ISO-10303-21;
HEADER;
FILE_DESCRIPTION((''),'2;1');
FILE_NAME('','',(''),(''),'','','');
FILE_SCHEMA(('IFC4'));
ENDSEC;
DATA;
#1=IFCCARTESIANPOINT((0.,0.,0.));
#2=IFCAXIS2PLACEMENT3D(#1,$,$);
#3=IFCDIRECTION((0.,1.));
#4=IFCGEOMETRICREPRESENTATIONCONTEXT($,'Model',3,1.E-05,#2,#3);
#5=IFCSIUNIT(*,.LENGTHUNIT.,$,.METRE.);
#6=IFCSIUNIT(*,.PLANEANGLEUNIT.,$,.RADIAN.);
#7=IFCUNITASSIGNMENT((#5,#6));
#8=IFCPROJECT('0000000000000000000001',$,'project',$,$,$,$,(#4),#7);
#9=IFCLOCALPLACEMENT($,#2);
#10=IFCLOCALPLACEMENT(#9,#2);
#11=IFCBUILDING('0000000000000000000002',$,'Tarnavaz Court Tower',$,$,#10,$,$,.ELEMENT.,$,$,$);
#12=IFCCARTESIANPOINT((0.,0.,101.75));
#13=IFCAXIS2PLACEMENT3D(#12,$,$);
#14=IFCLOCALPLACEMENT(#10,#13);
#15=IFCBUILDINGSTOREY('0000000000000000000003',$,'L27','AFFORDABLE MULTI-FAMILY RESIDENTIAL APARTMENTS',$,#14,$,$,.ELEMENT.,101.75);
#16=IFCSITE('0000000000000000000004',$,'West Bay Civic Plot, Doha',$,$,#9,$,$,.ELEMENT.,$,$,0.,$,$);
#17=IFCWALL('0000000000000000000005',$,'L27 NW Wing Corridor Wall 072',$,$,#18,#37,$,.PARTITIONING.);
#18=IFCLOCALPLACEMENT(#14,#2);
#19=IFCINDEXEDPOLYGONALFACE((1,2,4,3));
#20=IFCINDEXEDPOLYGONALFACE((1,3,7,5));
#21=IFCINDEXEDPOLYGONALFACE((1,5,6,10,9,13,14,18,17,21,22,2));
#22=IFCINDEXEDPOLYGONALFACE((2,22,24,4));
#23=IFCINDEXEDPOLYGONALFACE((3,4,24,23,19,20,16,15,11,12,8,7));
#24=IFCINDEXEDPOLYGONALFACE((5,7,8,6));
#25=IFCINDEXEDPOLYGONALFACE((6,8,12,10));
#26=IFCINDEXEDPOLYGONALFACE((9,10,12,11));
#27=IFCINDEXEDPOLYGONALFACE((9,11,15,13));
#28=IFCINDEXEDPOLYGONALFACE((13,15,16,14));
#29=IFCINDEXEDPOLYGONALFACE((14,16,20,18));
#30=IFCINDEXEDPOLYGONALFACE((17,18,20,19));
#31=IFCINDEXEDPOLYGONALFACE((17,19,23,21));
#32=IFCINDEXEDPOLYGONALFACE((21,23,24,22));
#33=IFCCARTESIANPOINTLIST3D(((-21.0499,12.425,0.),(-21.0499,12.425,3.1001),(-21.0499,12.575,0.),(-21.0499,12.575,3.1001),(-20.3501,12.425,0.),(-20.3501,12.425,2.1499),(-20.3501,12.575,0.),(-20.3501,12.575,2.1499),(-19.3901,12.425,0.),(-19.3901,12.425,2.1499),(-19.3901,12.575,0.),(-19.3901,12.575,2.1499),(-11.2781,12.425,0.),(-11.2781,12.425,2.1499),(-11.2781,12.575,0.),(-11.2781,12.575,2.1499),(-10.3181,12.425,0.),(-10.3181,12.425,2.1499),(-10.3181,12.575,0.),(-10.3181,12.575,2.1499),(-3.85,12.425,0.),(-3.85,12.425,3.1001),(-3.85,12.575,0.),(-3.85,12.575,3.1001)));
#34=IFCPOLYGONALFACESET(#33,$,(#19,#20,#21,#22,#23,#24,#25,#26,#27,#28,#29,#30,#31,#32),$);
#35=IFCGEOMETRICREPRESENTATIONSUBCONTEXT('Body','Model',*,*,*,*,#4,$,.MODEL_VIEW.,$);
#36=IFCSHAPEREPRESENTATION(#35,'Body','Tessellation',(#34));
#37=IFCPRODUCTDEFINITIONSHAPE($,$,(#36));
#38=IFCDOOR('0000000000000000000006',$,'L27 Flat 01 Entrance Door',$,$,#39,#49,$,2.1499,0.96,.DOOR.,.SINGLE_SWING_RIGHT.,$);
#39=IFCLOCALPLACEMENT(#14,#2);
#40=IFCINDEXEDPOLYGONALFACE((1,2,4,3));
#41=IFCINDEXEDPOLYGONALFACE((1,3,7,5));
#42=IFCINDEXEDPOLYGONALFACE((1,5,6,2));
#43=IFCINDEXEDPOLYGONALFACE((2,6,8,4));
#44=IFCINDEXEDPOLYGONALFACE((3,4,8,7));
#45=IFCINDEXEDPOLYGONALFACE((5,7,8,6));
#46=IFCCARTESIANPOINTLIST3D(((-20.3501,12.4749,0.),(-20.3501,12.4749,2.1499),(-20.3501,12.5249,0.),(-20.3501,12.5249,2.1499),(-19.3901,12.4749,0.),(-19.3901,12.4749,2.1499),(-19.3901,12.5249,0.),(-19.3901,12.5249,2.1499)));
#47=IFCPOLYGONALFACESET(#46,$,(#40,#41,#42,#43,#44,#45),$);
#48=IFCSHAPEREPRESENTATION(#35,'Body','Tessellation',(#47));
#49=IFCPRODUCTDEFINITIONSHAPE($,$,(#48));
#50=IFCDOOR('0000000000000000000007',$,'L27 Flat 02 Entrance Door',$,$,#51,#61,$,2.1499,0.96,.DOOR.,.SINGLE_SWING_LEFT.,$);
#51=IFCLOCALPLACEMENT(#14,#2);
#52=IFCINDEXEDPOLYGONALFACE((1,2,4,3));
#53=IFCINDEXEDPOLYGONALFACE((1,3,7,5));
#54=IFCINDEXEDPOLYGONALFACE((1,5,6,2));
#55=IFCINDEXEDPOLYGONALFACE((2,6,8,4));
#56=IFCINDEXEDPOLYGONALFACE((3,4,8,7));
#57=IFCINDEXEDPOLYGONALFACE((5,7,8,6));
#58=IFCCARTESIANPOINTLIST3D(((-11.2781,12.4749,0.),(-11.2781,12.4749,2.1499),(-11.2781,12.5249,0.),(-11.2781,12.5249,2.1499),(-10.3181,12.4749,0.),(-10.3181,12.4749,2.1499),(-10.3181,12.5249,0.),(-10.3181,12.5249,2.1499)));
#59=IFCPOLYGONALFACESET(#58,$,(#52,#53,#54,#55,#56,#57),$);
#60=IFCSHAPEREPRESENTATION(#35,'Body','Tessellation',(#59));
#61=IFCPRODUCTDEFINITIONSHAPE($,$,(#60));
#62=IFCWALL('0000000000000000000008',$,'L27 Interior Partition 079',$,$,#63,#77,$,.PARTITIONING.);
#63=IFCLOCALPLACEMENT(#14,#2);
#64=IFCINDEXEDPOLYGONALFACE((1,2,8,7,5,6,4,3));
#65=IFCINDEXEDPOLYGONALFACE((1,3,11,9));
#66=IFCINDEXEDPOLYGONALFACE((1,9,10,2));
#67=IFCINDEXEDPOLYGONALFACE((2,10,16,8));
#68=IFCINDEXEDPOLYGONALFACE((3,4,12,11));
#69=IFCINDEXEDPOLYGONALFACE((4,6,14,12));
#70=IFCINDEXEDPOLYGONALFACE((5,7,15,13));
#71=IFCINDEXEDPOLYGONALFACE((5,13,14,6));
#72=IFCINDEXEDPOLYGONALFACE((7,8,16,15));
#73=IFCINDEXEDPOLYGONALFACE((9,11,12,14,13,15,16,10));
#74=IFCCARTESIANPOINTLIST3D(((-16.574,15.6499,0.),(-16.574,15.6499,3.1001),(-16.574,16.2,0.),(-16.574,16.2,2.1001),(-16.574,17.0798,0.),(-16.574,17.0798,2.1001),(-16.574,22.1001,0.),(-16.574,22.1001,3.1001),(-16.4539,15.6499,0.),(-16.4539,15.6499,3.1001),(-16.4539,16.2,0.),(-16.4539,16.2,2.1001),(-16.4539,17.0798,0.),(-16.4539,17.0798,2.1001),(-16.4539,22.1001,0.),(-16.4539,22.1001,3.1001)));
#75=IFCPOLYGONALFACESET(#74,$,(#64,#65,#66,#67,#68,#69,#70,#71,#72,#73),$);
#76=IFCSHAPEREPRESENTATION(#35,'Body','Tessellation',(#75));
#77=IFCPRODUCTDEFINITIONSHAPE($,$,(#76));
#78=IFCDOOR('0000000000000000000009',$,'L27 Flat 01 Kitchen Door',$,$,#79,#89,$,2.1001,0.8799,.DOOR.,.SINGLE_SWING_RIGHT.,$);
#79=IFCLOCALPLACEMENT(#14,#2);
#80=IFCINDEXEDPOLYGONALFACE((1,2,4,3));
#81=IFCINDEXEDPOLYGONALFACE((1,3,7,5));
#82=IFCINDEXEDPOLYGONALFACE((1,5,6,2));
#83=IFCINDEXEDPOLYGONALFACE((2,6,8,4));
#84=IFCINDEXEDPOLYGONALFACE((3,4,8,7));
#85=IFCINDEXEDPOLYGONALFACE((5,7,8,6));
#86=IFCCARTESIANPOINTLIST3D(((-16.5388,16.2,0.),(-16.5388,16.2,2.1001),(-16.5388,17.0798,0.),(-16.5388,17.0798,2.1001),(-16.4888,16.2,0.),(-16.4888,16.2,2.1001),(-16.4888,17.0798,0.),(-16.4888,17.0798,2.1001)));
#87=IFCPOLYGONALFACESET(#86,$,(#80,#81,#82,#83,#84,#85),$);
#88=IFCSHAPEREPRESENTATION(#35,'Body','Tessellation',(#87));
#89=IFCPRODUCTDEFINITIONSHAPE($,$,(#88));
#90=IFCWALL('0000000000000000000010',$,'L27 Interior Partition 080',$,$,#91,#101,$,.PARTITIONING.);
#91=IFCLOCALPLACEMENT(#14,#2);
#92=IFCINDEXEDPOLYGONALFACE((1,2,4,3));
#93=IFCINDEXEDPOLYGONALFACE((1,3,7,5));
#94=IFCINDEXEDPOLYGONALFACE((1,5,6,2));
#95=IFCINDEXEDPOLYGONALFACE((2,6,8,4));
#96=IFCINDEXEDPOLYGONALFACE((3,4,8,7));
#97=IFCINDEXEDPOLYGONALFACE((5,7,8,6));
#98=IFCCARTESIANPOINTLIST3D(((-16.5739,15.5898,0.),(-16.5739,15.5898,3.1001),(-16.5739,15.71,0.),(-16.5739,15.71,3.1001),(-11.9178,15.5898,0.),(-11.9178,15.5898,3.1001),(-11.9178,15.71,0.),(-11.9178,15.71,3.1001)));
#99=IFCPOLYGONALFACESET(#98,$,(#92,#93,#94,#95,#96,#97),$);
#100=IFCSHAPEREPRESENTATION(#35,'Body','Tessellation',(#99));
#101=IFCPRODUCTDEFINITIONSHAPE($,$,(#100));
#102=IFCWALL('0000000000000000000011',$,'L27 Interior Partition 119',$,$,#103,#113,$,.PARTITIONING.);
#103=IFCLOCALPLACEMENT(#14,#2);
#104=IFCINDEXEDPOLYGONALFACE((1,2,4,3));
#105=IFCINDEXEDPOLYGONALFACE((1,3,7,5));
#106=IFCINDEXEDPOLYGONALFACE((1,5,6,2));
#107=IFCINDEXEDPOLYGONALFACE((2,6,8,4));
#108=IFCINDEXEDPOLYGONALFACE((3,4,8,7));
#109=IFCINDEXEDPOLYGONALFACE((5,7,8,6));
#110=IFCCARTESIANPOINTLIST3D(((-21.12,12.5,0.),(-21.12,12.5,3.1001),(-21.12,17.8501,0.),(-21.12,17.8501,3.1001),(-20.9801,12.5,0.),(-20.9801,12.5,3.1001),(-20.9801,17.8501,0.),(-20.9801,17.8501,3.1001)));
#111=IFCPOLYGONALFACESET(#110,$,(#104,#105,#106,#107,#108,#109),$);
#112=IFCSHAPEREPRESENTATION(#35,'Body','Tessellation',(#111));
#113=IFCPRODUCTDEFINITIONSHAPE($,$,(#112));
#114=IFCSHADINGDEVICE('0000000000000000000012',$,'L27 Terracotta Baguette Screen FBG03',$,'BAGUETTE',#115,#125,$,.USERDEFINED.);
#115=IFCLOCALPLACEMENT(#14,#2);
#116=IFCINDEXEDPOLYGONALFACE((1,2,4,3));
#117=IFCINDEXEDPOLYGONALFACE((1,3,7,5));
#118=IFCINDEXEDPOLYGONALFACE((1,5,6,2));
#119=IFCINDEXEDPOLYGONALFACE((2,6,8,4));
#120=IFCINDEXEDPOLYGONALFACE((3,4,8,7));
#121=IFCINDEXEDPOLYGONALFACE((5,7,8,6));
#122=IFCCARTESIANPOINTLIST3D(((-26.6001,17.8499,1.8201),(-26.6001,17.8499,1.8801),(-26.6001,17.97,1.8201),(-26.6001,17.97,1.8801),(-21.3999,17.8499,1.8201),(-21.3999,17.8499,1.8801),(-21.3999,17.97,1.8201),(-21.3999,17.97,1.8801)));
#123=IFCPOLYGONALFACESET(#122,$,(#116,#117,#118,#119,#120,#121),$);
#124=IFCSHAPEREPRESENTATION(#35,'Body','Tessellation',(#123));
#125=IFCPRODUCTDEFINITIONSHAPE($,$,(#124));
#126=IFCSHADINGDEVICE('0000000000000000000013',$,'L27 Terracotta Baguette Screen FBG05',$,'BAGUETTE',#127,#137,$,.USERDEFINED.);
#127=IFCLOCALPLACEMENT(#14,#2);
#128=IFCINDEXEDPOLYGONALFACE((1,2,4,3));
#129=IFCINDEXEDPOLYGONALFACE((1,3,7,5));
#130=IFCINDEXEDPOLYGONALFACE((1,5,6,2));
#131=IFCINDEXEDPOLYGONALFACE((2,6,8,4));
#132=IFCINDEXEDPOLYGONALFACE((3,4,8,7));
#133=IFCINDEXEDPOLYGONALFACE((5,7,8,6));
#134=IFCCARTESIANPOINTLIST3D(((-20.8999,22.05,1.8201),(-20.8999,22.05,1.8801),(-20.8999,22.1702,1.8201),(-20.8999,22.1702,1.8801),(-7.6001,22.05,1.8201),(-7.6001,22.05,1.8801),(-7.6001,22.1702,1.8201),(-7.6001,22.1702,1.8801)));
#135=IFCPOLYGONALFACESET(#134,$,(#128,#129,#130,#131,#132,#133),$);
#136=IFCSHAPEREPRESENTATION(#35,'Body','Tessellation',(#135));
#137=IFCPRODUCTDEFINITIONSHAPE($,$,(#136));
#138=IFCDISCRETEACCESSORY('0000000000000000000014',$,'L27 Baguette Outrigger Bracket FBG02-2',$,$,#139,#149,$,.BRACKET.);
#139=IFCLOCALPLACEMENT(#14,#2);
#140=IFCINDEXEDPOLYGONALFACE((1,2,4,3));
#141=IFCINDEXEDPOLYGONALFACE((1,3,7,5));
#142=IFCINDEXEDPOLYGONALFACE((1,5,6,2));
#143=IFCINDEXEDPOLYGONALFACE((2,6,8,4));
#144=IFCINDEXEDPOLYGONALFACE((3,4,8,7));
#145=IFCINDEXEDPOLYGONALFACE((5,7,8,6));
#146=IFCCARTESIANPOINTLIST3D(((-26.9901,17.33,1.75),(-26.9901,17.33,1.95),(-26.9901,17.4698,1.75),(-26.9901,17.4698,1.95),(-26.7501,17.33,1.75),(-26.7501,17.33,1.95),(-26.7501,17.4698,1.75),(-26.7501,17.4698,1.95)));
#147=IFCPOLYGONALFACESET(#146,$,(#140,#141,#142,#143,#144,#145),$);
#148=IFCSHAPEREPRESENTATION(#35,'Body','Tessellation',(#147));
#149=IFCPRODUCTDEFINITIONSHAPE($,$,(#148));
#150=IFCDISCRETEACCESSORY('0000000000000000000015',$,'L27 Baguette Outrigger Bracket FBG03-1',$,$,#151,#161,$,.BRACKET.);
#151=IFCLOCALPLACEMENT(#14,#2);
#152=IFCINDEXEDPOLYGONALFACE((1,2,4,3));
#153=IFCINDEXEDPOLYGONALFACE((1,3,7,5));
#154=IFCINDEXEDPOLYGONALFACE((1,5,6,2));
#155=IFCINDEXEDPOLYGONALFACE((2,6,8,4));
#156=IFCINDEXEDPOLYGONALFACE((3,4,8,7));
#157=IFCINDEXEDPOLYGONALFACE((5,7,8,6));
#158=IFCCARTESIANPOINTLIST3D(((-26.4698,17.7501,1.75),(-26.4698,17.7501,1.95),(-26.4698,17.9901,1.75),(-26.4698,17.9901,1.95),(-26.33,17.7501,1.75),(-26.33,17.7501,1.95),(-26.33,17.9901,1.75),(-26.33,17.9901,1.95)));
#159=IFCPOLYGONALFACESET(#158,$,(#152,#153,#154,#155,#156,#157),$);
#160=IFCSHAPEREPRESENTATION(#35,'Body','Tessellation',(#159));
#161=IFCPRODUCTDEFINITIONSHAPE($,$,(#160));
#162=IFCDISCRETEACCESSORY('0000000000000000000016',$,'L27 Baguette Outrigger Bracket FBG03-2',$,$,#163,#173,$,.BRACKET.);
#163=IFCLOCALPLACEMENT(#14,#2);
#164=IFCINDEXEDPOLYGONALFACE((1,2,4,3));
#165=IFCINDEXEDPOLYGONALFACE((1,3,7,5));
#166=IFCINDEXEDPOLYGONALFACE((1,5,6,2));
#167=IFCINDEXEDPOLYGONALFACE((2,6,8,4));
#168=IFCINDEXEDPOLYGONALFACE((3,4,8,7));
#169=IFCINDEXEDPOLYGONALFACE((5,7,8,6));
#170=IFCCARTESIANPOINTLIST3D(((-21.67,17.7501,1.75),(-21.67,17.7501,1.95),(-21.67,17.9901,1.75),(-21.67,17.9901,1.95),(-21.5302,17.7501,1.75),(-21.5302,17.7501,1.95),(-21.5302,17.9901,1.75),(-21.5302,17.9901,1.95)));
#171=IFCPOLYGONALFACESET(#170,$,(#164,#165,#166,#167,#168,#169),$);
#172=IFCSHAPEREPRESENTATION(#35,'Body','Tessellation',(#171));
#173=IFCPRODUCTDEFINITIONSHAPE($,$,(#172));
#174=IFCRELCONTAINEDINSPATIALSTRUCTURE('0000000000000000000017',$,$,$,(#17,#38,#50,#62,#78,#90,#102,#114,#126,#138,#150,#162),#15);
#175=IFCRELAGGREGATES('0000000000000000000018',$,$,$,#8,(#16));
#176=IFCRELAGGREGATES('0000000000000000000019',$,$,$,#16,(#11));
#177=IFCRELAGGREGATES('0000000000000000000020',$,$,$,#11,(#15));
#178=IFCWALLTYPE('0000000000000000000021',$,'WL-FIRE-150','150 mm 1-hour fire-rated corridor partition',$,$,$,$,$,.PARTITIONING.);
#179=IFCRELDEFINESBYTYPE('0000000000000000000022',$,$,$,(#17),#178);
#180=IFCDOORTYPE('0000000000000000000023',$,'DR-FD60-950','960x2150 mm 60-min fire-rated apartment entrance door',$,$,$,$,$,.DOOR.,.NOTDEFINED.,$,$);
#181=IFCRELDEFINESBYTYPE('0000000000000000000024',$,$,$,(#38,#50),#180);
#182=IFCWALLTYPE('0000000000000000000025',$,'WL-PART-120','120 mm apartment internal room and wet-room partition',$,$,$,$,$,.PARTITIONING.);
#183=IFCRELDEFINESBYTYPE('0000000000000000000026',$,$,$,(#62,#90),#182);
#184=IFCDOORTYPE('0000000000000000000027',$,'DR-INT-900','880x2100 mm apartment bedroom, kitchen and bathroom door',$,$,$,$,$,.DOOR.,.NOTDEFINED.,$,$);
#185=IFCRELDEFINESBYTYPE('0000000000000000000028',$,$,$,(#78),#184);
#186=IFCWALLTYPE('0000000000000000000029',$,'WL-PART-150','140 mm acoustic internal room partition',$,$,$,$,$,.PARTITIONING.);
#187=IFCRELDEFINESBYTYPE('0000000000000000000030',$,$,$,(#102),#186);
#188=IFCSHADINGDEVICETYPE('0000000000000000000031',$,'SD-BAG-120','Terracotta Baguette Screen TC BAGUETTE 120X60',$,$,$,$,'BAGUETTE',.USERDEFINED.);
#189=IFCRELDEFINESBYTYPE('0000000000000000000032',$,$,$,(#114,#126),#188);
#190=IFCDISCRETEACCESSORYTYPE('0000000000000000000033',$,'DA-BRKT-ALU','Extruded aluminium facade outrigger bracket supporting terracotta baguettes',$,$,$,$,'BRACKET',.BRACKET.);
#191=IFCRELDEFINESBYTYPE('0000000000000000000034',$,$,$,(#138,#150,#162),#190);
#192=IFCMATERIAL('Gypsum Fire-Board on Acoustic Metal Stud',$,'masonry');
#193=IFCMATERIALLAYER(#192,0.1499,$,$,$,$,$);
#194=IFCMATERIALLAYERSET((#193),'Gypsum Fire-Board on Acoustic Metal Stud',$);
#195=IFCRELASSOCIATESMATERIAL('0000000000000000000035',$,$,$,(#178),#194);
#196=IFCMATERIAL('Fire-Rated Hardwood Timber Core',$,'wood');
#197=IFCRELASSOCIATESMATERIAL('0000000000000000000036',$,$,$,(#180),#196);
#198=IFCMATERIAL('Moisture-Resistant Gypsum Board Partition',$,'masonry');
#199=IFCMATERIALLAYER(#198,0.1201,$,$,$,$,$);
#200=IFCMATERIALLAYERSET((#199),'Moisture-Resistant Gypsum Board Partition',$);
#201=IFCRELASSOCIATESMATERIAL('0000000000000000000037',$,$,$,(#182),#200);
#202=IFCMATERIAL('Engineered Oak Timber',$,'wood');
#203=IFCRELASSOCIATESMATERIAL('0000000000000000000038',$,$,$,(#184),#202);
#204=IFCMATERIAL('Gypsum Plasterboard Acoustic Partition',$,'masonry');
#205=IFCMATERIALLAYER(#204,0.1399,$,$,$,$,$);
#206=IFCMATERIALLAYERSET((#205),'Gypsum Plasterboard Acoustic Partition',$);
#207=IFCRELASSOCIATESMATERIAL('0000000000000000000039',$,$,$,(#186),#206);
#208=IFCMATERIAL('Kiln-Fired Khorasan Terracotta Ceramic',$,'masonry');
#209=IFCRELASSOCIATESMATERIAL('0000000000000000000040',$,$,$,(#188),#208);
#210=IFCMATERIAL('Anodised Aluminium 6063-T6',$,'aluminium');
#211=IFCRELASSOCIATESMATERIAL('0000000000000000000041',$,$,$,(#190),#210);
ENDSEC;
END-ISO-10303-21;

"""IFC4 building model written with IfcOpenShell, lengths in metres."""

from ifc_helpers import new_model, si_unit, direction, frame, frame_2d, origin, origin_2d, place, context, subcontext, project, spatial, rectangle, extrude, material, layer, layer_set, material_profile, profile_set, type_object, element, fill, save


model = new_model("IFC4")

# Units and contexts
model_context = context("Model", 3, precision=1e-05, world=origin(), true_north=direction((0.0, 1.0)))
body_context = subcontext(model_context, "Body", "Model", "MODEL_VIEW")
ifc_project = project(units=[si_unit("LENGTHUNIT", "METRE"), si_unit("PLANEANGLEUNIT", "RADIAN")], contexts=[model_context])

# Site, building, storey
site_placement = place(None, origin())
site = spatial("IfcSite", under=ifc_project, at=site_placement, Name="West Bay Civic Plot, Doha", CompositionType="ELEMENT", RefElevation=0.0)
building_placement = place(site_placement, origin())
building = spatial("IfcBuilding", under=site, at=building_placement, Name="Tarnavaz Court Tower", CompositionType="ELEMENT")
storey_placement = place(building_placement, frame((0.0, 0.0, 101.75)))
storey = spatial("IfcBuildingStorey", under=building, at=storey_placement, Name="L27", Description="AFFORDABLE MULTI-FAMILY RESIDENTIAL APARTMENTS", CompositionType="ELEMENT", Elevation=101.75)

# Wall, openings, doors
ifc_material_1 = material(Name="Gypsum Fire-Board on Acoustic Metal Stud", Category="masonry")
ifc_layer_1 = layer(ifc_material_1, 0.1499)
ifc_layer_set_1 = layer_set([ifc_layer_1], Name="Gypsum Fire-Board on Acoustic Metal Stud")
wall_type_1 = type_object("IfcWallType", Name="WL-FIRE-150", Description="150 mm 1-hour fire-rated corridor partition", PredefinedType="PARTITIONING", material=ifc_layer_set_1)
wall_1_placement = place(storey_placement, frame((-21.05, 12.5, 0.0), z_axis=(0.0, 0.0, 1.0), x_axis=(1.0, 0.0, 0.0)))
wall_1 = element("IfcWall", 1, at=wall_1_placement, inside=storey, type_object=wall_type_1, Name="L27 NW Wing Corridor Wall 072", PredefinedType="PARTITIONING", context=body_context, shape_type="SweptSolid", body=[
    extrude(rectangle(XDim=17.2, YDim=0.1499, at=frame_2d((8.6001, 0.0))), origin(), (0.0, 0.0, 1.0), 3.1001),
])
opening_1_placement = place(wall_1_placement, frame((0.7, 0.0, 0.0)))
opening_1 = element("IfcOpeningElement", 2, at=opening_1_placement, cuts=wall_1, PredefinedType="OPENING", context=body_context, shape_type="SweptSolid", body=[
    extrude(rectangle(XDim=0.96, YDim=2.1499, at=frame_2d((0.48, 1.075))), frame((0.0, 0.085, 0.0), z_axis=(0.0, -1.0, 0.0), x_axis=(1.0, 0.0, 0.0)), (0.0, 0.0, 1.0), 0.1699),
])
opening_2_placement = place(wall_1_placement, frame((9.772, 0.0, 0.0)))
opening_2 = element("IfcOpeningElement", 3, at=opening_2_placement, cuts=wall_1, PredefinedType="OPENING", context=body_context, shape_type="SweptSolid", body=[
    extrude(rectangle(XDim=0.96, YDim=2.1499, at=frame_2d((0.48, 1.075))), frame((0.0, 0.085, 0.0), z_axis=(0.0, -1.0, 0.0), x_axis=(1.0, 0.0, 0.0)), (0.0, 0.0, 1.0), 0.1699),
])
ifc_material_2 = material(Name="Fire-Rated Hardwood Timber Core", Category="wood")
door_type_1 = type_object("IfcDoorType", Name="DR-FD60-950", Description="960x2150 mm 60-min fire-rated apartment entrance door", OperationType="NOTDEFINED", PredefinedType="DOOR", material=ifc_material_2)
door_1_placement = place(opening_1_placement, origin())
door_1 = element("IfcDoor", 4, at=door_1_placement, inside=storey, type_object=door_type_1, Name="L27 Flat 01 Entrance Door", OperationType="SINGLE_SWING_RIGHT", OverallHeight=2.1499, OverallWidth=0.96, PredefinedType="DOOR", context=body_context, shape_type="SweptSolid", body=[
    extrude(rectangle(XDim=0.96, YDim=2.1499, at=frame_2d((0.48, 1.075))), frame((0.0, 0.0249, 0.0), z_axis=(0.0, -1.0, 0.0), x_axis=(1.0, 0.0, 0.0)), (0.0, 0.0, 1.0), 0.05),
])
fill(opening_1, door_1)
door_2_placement = place(opening_2_placement, origin())
door_2 = element("IfcDoor", 5, at=door_2_placement, inside=storey, type_object=door_type_1, Name="L27 Flat 02 Entrance Door", OperationType="SINGLE_SWING_LEFT", OverallHeight=2.1499, OverallWidth=0.96, PredefinedType="DOOR", context=body_context, shape_type="SweptSolid", body=[
    extrude(rectangle(XDim=0.96, YDim=2.1499, at=frame_2d((0.48, 1.075))), frame((0.0, 0.0249, 0.0), z_axis=(0.0, -1.0, 0.0), x_axis=(1.0, 0.0, 0.0)), (0.0, 0.0, 1.0), 0.05),
])
fill(opening_2, door_2)

# Wall, opening, door
ifc_material_3 = material(Name="Moisture-Resistant Gypsum Board Partition", Category="masonry")
ifc_layer_2 = layer(ifc_material_3, 0.1201)
ifc_layer_set_2 = layer_set([ifc_layer_2], Name="Moisture-Resistant Gypsum Board Partition")
wall_type_2 = type_object("IfcWallType", Name="WL-PART-120", Description="120 mm apartment internal room and wet-room partition", PredefinedType="PARTITIONING", material=ifc_layer_set_2)
wall_2_placement = place(storey_placement, frame((-16.5139, 15.6499, 0.0), z_axis=(0.0, 0.0, 1.0), x_axis=(0.0, 1.0, 0.0)))
wall_2 = element("IfcWall", 6, at=wall_2_placement, inside=storey, type_object=wall_type_2, Name="L27 Interior Partition 079", PredefinedType="PARTITIONING", context=body_context, shape_type="SweptSolid", body=[
    extrude(rectangle(XDim=6.4502, YDim=0.1201, at=frame_2d((3.2251, 0.0))), origin(), (0.0, 0.0, 1.0), 3.1001),
])
opening_3_placement = place(wall_2_placement, frame((0.55, 0.0, 0.0)))
opening_3 = element("IfcOpeningElement", 7, at=opening_3_placement, cuts=wall_2, PredefinedType="OPENING", context=body_context, shape_type="SweptSolid", body=[
    extrude(rectangle(XDim=0.8799, YDim=2.1001, at=frame_2d((0.4399, 1.05))), frame((0.0, 0.0701, 0.0), z_axis=(0.0, -1.0, 0.0), x_axis=(1.0, 0.0, 0.0)), (0.0, 0.0, 1.0), 0.1401),
])
ifc_material_4 = material(Name="Engineered Oak Timber", Category="wood")
door_type_2 = type_object("IfcDoorType", Name="DR-INT-900", Description="880x2100 mm apartment bedroom, kitchen and bathroom door", OperationType="NOTDEFINED", PredefinedType="DOOR", material=ifc_material_4)
door_3_placement = place(opening_3_placement, origin())
door_3 = element("IfcDoor", 8, at=door_3_placement, inside=storey, type_object=door_type_2, Name="L27 Flat 01 Kitchen Door", OperationType="SINGLE_SWING_RIGHT", OverallHeight=2.1001, OverallWidth=0.8799, PredefinedType="DOOR", context=body_context, shape_type="SweptSolid", body=[
    extrude(rectangle(XDim=0.8799, YDim=2.1001, at=frame_2d((0.4399, 1.05))), frame((0.0, 0.0249, 0.0), z_axis=(0.0, -1.0, 0.0), x_axis=(1.0, 0.0, 0.0)), (0.0, 0.0, 1.0), 0.05),
])
fill(opening_3, door_3)

# Walls
wall_3_placement = place(storey_placement, frame((-16.574, 15.6499, 0.0), z_axis=(0.0, 0.0, 1.0), x_axis=(1.0, 0.0, 0.0)))
element("IfcWall", 9, at=wall_3_placement, inside=storey, type_object=wall_type_2, Name="L27 Interior Partition 080", PredefinedType="PARTITIONING", context=body_context, shape_type="SweptSolid", body=[
    extrude(rectangle(XDim=4.656, YDim=0.1201, at=frame_2d((2.3281, 0.0))), origin(), (0.0, 0.0, 1.0), 3.1001),
])
ifc_material_5 = material(Name="Gypsum Plasterboard Acoustic Partition", Category="masonry")
ifc_layer_3 = layer(ifc_material_5, 0.1399)
ifc_layer_set_3 = layer_set([ifc_layer_3], Name="Gypsum Plasterboard Acoustic Partition")
wall_type_3 = type_object("IfcWallType", Name="WL-PART-150", Description="140 mm acoustic internal room partition", PredefinedType="PARTITIONING", material=ifc_layer_set_3)
wall_4_placement = place(storey_placement, frame((-21.05, 12.5, 0.0), z_axis=(0.0, 0.0, 1.0), x_axis=(0.0, 1.0, 0.0)))
element("IfcWall", 10, at=wall_4_placement, inside=storey, type_object=wall_type_3, Name="L27 Interior Partition 119", PredefinedType="PARTITIONING", context=body_context, shape_type="SweptSolid", body=[
    extrude(rectangle(XDim=5.3501, YDim=0.1399, at=frame_2d((2.675, 0.0))), origin(), (0.0, 0.0, 1.0), 3.1001),
])

# Shading devices
ifc_material_6 = material(Name="Kiln-Fired Khorasan Terracotta Ceramic", Category="masonry")
ifc_material_profile_1 = material_profile(ifc_material_6, rectangle(XDim=0.1201, YDim=0.0601, at=origin_2d()), Name="TC BAGUETTE 120X60")
ifc_profile_set_1 = profile_set([ifc_material_profile_1], Name="Kiln-Fired Khorasan Terracotta Ceramic")
shading_device_type = type_object("IfcShadingDeviceType", Name="SD-BAG-120", Description="Terracotta Baguette Screen TC BAGUETTE 120X60", ElementType="BAGUETTE", PredefinedType="USERDEFINED", material=ifc_profile_set_1)
shading_device_1_placement = place(storey_placement, frame((-26.6001, 17.9099, 1.8501), z_axis=(1.0, 0.0, 0.0), x_axis=(0.0, 1.0, 0.0)))
element("IfcShadingDevice", 11, at=shading_device_1_placement, inside=storey, type_object=shading_device_type, Name="L27 Terracotta Baguette Screen FBG03", ObjectType="BAGUETTE", PredefinedType="USERDEFINED", context=body_context, shape_type="SweptSolid", body=[
    extrude(rectangle(XDim=0.1201, YDim=0.0601, at=origin_2d()), origin(), (0.0, 0.0, 1.0), 5.2002),
])
shading_device_2_placement = place(storey_placement, frame((-20.8999, 22.1101, 1.8501), z_axis=(1.0, 0.0, 0.0), x_axis=(0.0, 1.0, 0.0)))
element("IfcShadingDevice", 12, at=shading_device_2_placement, inside=storey, type_object=shading_device_type, Name="L27 Terracotta Baguette Screen FBG05", ObjectType="BAGUETTE", PredefinedType="USERDEFINED", context=body_context, shape_type="SweptSolid", body=[
    extrude(rectangle(XDim=0.1201, YDim=0.0601, at=origin_2d()), origin(), (0.0, 0.0, 1.0), 13.2998),
])

# Discrete accessories
ifc_material_7 = material(Name="Anodised Aluminium 6063-T6", Category="aluminium")
discrete_accessory_type = type_object("IfcDiscreteAccessoryType", Name="DA-BRKT-ALU", Description="Extruded aluminium facade outrigger bracket supporting terracotta baguettes", ElementType="BRACKET", PredefinedType="BRACKET", material=ifc_material_7)
for number, where, z_axis, x_axis, name in (
    (13, (-26.8701, 17.3999, 1.75), (0.0, 0.0, 1.0), (0.0, 1.0, 0.0), "L27 Baguette Outrigger Bracket FBG02-2"),
    (14, (-26.3999, 17.8701, 1.75), (0.0, 0.0, 1.0), (1.0, 0.0, 0.0), "L27 Baguette Outrigger Bracket FBG03-1"),
    (15, (-21.6001, 17.8701, 1.75), (0.0, 0.0, 1.0), (1.0, 0.0, 0.0), "L27 Baguette Outrigger Bracket FBG03-2"),
):
    element("IfcDiscreteAccessory", number, at=place(storey_placement, frame(where, z_axis=z_axis, x_axis=x_axis)), inside=storey, type_object=discrete_accessory_type, Name=name, PredefinedType="BRACKET", context=body_context, shape_type="SweptSolid", body=[
        extrude(rectangle(XDim=0.1399, YDim=0.24, at=origin_2d()), origin(), (0.0, 0.0, 1.0), 0.2),
    ])

save(model, "model.ifc")
